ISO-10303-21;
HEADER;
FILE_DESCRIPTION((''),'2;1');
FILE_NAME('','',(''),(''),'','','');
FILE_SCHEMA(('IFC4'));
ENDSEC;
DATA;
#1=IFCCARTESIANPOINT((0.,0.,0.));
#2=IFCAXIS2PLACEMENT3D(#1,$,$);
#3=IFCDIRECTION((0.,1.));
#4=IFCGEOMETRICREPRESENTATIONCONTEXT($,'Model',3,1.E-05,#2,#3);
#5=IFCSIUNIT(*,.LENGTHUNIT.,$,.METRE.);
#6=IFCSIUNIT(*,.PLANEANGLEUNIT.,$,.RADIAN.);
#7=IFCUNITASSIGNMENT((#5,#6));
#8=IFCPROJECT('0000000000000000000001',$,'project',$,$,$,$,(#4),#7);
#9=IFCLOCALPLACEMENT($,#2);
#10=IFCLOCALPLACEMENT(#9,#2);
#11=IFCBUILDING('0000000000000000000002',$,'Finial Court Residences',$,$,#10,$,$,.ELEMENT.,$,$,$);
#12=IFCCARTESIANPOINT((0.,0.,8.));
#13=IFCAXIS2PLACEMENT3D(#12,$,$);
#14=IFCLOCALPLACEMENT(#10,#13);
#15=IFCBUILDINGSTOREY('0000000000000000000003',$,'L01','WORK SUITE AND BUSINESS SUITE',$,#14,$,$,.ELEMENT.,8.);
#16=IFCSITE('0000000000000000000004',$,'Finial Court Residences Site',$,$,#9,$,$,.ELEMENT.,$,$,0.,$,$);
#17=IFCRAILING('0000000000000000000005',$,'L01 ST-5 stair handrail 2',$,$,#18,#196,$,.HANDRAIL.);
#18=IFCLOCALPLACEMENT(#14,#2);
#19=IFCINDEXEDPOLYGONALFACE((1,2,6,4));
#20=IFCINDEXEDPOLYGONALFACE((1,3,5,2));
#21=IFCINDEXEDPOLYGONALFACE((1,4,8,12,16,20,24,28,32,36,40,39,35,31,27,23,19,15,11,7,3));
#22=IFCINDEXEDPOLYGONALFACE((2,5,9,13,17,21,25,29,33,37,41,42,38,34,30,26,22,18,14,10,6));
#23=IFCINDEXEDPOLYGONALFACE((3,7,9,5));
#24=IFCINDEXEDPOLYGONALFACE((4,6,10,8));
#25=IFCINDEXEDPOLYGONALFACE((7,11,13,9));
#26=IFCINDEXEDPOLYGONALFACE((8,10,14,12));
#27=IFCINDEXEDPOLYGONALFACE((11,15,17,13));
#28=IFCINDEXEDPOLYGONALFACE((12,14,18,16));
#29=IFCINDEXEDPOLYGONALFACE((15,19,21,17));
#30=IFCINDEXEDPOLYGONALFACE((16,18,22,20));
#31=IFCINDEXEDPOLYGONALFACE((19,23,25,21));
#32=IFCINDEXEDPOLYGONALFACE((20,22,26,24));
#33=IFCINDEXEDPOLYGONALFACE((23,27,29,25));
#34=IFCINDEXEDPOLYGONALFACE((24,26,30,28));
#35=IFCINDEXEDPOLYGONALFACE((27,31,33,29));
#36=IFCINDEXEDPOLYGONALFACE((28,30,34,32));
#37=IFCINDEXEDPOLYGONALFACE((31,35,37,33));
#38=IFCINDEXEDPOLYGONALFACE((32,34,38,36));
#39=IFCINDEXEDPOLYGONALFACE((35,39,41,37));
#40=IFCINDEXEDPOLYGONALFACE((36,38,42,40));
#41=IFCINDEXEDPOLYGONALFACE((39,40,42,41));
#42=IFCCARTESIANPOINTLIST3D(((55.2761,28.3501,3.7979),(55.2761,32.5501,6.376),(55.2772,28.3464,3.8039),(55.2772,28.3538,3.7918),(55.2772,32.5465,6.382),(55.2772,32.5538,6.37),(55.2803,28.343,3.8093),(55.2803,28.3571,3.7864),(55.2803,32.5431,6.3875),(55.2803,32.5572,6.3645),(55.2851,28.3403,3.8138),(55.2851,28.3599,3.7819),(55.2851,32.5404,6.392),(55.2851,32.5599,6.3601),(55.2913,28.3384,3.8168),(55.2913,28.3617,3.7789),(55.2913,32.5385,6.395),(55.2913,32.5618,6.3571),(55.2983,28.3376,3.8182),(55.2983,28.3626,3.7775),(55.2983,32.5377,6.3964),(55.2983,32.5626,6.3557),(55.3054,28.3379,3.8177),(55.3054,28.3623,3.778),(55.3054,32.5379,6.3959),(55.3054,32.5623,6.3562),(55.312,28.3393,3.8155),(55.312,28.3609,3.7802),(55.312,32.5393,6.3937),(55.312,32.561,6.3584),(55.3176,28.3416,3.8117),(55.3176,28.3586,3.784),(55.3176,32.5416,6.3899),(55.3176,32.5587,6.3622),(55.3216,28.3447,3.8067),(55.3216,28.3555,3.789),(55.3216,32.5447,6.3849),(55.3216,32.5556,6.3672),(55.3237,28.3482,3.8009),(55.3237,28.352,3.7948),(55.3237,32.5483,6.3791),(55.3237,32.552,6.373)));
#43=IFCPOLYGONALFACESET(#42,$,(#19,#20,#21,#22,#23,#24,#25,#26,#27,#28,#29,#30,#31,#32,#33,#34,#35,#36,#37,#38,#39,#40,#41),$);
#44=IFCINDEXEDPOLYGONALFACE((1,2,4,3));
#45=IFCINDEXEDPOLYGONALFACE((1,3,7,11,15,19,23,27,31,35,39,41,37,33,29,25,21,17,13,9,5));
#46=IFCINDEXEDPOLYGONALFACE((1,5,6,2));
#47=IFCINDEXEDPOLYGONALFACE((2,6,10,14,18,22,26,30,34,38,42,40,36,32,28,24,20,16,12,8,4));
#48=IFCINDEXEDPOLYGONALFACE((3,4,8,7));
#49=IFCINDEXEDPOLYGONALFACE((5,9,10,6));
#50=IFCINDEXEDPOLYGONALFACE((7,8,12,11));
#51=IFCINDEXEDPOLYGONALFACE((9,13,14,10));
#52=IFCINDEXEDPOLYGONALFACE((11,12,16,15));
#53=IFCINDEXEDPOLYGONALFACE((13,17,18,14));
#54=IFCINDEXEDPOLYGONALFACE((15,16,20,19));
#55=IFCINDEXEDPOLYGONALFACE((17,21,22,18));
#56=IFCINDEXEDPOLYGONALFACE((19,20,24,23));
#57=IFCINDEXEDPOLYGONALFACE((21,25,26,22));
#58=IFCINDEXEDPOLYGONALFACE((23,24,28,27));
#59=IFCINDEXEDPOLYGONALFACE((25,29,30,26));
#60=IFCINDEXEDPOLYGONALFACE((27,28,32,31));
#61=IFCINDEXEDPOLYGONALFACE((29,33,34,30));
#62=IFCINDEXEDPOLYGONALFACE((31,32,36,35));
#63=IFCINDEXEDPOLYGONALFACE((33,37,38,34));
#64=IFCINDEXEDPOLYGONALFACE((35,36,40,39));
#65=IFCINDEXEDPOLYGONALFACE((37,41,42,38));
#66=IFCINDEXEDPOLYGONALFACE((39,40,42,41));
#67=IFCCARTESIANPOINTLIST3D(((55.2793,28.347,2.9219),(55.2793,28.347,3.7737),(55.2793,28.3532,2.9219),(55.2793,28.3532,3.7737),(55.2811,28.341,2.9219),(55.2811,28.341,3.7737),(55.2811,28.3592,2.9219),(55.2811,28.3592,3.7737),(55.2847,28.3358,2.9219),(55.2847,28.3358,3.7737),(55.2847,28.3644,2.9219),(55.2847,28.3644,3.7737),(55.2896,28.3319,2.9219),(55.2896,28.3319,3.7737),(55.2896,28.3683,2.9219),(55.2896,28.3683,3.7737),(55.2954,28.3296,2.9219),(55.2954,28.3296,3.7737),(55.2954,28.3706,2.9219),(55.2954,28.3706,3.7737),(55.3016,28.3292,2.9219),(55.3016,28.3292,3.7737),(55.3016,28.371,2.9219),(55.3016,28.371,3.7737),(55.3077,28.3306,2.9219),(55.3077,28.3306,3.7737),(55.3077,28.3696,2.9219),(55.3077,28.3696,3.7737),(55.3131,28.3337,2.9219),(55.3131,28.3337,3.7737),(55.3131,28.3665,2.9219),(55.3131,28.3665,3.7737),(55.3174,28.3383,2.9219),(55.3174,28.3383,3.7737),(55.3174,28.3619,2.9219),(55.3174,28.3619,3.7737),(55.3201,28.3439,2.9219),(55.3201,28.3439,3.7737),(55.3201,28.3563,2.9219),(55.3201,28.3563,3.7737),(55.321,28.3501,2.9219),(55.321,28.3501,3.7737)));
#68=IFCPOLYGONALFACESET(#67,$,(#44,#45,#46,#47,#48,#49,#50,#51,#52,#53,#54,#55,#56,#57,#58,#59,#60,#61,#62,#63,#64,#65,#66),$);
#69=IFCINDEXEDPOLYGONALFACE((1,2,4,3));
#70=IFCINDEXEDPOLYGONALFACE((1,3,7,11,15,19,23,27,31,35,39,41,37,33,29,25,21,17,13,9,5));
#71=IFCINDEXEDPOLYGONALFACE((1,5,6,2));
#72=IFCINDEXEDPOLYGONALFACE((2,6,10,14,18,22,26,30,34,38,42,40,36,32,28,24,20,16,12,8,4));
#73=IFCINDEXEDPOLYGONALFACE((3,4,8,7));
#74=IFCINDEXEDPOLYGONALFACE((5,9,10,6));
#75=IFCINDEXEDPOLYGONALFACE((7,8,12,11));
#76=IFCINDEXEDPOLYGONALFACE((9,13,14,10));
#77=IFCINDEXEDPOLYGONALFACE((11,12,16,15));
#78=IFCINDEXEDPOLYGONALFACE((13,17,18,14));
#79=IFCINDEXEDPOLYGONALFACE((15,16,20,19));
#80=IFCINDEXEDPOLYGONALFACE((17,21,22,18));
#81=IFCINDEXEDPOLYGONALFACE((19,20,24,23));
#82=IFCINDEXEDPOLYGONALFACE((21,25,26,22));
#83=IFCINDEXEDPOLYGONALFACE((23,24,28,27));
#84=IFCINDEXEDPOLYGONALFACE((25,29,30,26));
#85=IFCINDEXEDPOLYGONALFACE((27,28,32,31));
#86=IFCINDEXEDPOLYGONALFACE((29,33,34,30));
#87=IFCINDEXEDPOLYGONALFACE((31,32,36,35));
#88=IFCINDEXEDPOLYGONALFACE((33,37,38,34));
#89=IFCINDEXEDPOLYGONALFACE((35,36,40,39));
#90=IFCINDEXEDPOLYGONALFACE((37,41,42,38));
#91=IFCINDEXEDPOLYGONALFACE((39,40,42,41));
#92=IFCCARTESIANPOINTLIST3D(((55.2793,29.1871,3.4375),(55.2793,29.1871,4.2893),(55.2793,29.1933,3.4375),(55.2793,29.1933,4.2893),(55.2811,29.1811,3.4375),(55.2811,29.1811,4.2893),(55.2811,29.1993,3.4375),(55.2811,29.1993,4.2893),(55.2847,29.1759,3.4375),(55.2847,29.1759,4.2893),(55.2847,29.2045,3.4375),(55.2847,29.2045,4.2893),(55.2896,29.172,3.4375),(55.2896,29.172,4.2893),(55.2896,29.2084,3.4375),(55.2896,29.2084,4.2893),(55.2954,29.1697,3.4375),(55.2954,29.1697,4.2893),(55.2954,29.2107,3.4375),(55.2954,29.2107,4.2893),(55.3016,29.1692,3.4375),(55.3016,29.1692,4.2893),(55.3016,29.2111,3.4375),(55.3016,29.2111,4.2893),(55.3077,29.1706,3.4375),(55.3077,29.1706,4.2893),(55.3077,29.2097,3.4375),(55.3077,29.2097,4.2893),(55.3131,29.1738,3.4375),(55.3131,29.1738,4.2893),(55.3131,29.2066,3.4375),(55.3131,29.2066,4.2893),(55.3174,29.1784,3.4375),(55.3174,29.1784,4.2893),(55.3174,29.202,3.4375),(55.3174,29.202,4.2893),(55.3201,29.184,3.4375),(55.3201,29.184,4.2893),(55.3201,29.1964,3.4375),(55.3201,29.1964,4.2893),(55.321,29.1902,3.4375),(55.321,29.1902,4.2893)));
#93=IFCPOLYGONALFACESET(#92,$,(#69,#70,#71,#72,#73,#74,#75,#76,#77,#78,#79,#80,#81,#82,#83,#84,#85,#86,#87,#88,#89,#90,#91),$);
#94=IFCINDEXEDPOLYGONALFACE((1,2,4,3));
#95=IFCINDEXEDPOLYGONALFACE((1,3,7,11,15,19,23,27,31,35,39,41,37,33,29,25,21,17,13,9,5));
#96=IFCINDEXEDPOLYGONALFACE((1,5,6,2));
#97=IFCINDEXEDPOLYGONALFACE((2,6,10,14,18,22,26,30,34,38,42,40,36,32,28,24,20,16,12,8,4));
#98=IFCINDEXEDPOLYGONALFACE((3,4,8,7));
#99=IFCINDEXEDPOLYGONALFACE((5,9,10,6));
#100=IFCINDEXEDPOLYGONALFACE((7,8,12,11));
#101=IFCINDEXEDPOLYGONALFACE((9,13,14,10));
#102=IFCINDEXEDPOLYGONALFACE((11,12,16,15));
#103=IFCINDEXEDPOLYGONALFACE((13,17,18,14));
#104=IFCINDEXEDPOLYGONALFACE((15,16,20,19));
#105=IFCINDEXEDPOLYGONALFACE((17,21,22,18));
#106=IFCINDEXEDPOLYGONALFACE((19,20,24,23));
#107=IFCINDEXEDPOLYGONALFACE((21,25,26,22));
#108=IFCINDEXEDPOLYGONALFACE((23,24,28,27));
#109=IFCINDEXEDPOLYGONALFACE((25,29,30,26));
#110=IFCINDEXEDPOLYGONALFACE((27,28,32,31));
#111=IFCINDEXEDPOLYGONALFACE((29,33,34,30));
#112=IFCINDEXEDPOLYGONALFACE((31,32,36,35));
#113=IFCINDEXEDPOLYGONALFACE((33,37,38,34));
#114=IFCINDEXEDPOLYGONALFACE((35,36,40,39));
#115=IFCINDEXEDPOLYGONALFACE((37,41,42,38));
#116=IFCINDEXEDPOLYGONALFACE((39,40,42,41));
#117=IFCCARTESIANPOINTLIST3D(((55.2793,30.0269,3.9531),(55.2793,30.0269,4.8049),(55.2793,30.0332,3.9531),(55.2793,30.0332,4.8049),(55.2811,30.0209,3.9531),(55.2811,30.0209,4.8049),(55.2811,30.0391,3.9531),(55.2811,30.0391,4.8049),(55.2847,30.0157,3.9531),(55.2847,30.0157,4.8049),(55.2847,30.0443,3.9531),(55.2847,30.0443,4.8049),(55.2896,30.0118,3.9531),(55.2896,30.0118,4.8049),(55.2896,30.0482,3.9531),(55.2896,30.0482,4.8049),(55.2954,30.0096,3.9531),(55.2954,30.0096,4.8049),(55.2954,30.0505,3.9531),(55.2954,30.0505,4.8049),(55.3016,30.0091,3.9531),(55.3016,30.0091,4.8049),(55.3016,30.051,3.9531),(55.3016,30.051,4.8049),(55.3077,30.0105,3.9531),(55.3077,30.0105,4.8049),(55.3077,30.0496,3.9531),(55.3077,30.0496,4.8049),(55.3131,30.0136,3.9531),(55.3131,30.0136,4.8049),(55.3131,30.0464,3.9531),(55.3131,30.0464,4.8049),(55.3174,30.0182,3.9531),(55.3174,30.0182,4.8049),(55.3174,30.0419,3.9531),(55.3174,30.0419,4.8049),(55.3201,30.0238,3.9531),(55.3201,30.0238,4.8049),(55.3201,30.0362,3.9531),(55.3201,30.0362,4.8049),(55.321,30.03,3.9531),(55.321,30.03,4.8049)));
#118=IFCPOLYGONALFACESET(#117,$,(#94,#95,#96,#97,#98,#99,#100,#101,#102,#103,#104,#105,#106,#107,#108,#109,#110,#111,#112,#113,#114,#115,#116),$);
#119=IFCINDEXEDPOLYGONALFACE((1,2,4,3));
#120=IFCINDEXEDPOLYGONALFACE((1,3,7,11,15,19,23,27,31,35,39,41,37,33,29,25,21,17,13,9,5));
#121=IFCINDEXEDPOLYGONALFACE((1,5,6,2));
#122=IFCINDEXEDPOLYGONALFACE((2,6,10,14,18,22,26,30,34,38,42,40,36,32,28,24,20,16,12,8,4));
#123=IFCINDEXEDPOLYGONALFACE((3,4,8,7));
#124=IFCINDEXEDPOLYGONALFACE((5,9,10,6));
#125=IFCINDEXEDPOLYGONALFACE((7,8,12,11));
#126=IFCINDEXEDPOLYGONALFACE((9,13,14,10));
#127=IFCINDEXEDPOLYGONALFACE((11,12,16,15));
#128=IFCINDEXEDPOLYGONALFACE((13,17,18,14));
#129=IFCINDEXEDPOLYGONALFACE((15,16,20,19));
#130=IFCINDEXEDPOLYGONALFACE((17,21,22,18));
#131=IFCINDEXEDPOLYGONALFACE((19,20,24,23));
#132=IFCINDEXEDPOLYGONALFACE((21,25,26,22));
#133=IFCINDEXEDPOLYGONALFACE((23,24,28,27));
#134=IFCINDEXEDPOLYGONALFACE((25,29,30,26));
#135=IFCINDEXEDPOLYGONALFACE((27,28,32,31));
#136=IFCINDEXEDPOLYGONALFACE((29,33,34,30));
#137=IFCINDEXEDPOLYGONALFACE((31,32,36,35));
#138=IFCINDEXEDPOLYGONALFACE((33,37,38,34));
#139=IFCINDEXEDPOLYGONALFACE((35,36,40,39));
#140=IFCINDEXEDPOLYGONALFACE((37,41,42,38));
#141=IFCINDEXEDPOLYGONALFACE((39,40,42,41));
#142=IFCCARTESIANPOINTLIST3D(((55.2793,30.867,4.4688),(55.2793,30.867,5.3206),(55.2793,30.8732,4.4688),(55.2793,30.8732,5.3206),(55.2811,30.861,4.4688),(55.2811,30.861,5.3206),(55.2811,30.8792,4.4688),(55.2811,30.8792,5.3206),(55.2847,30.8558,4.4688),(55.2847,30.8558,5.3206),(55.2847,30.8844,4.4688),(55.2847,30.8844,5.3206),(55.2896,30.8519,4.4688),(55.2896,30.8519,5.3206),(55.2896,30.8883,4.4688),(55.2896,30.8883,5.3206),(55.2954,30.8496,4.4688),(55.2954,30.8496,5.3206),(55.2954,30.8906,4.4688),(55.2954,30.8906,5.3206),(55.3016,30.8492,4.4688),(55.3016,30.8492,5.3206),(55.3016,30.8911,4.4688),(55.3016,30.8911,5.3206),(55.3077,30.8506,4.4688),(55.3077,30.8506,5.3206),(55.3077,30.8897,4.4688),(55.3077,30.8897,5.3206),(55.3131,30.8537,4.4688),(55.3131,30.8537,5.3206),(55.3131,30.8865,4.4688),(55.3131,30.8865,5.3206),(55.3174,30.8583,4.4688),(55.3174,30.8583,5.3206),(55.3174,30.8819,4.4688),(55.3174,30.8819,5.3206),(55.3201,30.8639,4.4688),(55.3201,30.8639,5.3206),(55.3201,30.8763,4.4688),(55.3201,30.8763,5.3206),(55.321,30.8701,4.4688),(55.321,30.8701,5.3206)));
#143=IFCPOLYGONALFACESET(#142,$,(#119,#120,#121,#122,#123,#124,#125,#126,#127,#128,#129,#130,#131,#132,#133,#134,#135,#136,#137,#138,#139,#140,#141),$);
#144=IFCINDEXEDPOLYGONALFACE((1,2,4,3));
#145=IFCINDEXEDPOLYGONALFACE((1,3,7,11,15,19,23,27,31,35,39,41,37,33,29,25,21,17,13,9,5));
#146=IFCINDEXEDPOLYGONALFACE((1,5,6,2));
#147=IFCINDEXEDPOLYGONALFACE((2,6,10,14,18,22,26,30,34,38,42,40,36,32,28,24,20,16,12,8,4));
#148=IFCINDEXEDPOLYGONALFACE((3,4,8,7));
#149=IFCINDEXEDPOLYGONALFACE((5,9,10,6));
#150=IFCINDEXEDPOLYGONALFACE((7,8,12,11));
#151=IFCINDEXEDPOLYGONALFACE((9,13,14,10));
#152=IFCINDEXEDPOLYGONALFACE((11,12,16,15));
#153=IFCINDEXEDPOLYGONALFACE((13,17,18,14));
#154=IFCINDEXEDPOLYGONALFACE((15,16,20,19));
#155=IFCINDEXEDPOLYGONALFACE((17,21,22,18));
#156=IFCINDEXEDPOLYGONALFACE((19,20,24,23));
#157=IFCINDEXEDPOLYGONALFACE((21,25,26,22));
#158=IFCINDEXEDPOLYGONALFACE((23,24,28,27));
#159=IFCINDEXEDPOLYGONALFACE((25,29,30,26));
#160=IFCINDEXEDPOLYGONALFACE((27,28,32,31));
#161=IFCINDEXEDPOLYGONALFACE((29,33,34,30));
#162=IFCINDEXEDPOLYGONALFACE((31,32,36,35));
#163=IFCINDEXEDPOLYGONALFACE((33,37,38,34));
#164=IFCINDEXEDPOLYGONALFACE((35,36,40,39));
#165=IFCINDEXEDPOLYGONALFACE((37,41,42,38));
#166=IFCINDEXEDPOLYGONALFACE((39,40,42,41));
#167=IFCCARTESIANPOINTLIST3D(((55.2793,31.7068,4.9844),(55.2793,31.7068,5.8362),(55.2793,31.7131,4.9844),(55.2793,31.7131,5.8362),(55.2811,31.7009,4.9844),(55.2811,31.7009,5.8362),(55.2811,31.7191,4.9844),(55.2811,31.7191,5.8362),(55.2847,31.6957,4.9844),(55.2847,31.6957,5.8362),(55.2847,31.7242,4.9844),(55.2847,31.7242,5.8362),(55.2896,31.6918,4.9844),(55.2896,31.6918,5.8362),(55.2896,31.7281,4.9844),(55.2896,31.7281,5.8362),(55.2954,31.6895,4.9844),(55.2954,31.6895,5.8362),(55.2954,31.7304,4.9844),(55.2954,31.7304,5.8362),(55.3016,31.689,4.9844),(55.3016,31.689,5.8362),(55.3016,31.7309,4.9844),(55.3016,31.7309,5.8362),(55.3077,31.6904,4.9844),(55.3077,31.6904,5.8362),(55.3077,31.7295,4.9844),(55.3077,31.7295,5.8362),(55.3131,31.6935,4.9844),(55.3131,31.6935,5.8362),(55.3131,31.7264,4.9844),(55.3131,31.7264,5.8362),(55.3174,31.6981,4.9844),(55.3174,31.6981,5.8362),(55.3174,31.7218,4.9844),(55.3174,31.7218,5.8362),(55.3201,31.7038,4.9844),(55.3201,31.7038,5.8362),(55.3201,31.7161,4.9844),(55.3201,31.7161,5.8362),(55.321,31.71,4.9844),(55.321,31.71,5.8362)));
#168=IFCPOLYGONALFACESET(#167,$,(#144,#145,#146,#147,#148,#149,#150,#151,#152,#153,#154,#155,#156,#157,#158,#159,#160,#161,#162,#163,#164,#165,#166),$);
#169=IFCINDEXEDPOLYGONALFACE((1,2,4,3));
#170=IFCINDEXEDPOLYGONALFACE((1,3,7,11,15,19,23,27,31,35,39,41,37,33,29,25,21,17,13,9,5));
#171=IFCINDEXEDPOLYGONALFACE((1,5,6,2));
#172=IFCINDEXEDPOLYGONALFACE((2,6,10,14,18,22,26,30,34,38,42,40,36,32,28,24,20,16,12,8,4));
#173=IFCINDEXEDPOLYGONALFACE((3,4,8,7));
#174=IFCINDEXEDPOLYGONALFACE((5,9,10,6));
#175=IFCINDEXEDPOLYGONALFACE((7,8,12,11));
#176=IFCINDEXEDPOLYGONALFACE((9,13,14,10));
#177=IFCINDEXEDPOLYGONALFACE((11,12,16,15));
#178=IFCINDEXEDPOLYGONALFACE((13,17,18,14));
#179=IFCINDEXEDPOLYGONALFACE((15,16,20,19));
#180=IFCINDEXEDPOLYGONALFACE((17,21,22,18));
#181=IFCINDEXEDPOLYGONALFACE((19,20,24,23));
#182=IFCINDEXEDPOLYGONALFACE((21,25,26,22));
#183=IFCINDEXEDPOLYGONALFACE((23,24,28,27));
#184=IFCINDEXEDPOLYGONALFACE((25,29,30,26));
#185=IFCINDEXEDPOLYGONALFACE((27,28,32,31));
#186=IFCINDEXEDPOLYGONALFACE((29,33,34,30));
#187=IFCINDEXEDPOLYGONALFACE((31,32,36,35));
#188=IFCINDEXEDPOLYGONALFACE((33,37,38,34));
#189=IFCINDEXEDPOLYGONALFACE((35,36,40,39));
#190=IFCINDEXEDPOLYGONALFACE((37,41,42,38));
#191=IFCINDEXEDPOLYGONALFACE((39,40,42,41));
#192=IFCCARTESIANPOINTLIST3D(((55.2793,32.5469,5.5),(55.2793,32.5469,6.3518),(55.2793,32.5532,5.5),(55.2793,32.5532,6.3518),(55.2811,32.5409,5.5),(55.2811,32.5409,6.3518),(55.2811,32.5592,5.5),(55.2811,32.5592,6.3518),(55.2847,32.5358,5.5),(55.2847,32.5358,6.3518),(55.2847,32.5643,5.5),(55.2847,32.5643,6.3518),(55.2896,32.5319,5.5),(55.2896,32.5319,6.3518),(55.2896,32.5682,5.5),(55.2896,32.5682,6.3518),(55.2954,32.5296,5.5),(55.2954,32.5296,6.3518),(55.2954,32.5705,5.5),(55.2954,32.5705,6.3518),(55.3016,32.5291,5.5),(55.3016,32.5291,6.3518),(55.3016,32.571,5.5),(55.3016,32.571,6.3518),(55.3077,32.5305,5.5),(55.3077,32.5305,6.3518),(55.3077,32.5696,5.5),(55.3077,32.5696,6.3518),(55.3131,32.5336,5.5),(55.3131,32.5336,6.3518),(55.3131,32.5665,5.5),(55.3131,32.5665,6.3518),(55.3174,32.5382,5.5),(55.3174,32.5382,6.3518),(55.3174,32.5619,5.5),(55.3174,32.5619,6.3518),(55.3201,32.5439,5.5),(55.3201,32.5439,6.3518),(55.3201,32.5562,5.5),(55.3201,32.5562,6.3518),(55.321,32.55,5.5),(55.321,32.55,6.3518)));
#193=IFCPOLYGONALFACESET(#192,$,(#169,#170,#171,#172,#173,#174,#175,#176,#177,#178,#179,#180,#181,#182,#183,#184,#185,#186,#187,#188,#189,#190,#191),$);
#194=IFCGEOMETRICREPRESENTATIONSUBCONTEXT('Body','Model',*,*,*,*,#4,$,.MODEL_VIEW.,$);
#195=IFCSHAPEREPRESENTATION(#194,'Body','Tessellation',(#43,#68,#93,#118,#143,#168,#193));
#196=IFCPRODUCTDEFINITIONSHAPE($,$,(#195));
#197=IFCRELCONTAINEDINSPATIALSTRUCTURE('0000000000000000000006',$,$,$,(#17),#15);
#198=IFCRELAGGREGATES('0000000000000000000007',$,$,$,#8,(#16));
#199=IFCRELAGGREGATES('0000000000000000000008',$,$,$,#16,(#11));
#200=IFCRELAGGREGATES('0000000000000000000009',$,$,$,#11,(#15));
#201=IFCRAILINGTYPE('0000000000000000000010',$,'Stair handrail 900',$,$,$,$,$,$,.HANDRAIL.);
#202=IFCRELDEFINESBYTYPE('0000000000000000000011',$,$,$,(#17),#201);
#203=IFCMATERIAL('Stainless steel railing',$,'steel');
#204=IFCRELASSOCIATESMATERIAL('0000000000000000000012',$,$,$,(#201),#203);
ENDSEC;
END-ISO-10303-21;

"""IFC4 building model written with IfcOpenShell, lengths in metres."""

from ifc_helpers import new_model, si_unit, direction, frame, origin, origin_2d, place, context, subcontext, project, spatial, circle, extrude, material, type_object, element, save


model = new_model("IFC4")

# Units and contexts
model_context = context("Model", 3, precision=1e-05, world=origin(), true_north=direction((0.0, 1.0)))
body_context = subcontext(model_context, "Body", "Model", "MODEL_VIEW")
ifc_project = project(units=[si_unit("LENGTHUNIT", "METRE"), si_unit("PLANEANGLEUNIT", "RADIAN")], contexts=[model_context])

# Site, building, storey
site_placement = place(None, origin())
site = spatial("IfcSite", under=ifc_project, at=site_placement, Name="Finial Court Residences Site", CompositionType="ELEMENT", RefElevation=0.0)
building_placement = place(site_placement, origin())
building = spatial("IfcBuilding", under=site, at=building_placement, Name="Finial Court Residences", CompositionType="ELEMENT")
storey_placement = place(building_placement, frame((0.0, 0.0, 8.0)))
storey = spatial("IfcBuildingStorey", under=building, at=storey_placement, Name="L01", Description="WORK SUITE AND BUSINESS SUITE", CompositionType="ELEMENT", Elevation=8.0)

# Railing
ifc_material_1 = material(Name="Stainless steel railing", Category="steel")
railing_type_1 = type_object("IfcRailingType", Name="Stair handrail 900", PredefinedType="HANDRAIL", material=ifc_material_1)
railing_1_placement = place(storey_placement, frame((55.3, 28.3501, 2.9219)))
element("IfcRailing", 1, at=railing_1_placement, inside=storey, type_object=railing_type_1, Name="L01 ST-5 stair handrail 2", PredefinedType="HANDRAIL", context=body_context, shape_type="SweptSolid", body=[
    extrude(circle(Radius=0.0239, at=origin_2d()), frame((0.0, 0.0, 0.876), z_axis=(0.0, 0.852243, 0.523146), x_axis=(-1.0, 0.0, 0.0)), (0.0, 0.0, 1.0), 4.9282),
    extrude(circle(Radius=0.021, at=origin_2d()), origin(), (0.0, 0.0, 1.0), 0.8518),
    extrude(circle(Radius=0.021, at=origin_2d()), frame((0.0, 0.8401, 0.5156)), (0.0, 0.0, 1.0), 0.8518),
    extrude(circle(Radius=0.021, at=origin_2d()), frame((0.0, 1.6799, 1.0312)), (0.0, 0.0, 1.0), 0.8518),
    extrude(circle(Radius=0.021, at=origin_2d()), frame((0.0, 2.52, 1.5469)), (0.0, 0.0, 1.0), 0.8518),
    extrude(circle(Radius=0.021, at=origin_2d()), frame((0.0, 3.3599, 2.0625)), (0.0, 0.0, 1.0), 0.8518),
    extrude(circle(Radius=0.021, at=origin_2d()), frame((0.0, 4.2, 2.5781)), (0.0, 0.0, 1.0), 0.8518),
])

save(model, "model.ifc")
